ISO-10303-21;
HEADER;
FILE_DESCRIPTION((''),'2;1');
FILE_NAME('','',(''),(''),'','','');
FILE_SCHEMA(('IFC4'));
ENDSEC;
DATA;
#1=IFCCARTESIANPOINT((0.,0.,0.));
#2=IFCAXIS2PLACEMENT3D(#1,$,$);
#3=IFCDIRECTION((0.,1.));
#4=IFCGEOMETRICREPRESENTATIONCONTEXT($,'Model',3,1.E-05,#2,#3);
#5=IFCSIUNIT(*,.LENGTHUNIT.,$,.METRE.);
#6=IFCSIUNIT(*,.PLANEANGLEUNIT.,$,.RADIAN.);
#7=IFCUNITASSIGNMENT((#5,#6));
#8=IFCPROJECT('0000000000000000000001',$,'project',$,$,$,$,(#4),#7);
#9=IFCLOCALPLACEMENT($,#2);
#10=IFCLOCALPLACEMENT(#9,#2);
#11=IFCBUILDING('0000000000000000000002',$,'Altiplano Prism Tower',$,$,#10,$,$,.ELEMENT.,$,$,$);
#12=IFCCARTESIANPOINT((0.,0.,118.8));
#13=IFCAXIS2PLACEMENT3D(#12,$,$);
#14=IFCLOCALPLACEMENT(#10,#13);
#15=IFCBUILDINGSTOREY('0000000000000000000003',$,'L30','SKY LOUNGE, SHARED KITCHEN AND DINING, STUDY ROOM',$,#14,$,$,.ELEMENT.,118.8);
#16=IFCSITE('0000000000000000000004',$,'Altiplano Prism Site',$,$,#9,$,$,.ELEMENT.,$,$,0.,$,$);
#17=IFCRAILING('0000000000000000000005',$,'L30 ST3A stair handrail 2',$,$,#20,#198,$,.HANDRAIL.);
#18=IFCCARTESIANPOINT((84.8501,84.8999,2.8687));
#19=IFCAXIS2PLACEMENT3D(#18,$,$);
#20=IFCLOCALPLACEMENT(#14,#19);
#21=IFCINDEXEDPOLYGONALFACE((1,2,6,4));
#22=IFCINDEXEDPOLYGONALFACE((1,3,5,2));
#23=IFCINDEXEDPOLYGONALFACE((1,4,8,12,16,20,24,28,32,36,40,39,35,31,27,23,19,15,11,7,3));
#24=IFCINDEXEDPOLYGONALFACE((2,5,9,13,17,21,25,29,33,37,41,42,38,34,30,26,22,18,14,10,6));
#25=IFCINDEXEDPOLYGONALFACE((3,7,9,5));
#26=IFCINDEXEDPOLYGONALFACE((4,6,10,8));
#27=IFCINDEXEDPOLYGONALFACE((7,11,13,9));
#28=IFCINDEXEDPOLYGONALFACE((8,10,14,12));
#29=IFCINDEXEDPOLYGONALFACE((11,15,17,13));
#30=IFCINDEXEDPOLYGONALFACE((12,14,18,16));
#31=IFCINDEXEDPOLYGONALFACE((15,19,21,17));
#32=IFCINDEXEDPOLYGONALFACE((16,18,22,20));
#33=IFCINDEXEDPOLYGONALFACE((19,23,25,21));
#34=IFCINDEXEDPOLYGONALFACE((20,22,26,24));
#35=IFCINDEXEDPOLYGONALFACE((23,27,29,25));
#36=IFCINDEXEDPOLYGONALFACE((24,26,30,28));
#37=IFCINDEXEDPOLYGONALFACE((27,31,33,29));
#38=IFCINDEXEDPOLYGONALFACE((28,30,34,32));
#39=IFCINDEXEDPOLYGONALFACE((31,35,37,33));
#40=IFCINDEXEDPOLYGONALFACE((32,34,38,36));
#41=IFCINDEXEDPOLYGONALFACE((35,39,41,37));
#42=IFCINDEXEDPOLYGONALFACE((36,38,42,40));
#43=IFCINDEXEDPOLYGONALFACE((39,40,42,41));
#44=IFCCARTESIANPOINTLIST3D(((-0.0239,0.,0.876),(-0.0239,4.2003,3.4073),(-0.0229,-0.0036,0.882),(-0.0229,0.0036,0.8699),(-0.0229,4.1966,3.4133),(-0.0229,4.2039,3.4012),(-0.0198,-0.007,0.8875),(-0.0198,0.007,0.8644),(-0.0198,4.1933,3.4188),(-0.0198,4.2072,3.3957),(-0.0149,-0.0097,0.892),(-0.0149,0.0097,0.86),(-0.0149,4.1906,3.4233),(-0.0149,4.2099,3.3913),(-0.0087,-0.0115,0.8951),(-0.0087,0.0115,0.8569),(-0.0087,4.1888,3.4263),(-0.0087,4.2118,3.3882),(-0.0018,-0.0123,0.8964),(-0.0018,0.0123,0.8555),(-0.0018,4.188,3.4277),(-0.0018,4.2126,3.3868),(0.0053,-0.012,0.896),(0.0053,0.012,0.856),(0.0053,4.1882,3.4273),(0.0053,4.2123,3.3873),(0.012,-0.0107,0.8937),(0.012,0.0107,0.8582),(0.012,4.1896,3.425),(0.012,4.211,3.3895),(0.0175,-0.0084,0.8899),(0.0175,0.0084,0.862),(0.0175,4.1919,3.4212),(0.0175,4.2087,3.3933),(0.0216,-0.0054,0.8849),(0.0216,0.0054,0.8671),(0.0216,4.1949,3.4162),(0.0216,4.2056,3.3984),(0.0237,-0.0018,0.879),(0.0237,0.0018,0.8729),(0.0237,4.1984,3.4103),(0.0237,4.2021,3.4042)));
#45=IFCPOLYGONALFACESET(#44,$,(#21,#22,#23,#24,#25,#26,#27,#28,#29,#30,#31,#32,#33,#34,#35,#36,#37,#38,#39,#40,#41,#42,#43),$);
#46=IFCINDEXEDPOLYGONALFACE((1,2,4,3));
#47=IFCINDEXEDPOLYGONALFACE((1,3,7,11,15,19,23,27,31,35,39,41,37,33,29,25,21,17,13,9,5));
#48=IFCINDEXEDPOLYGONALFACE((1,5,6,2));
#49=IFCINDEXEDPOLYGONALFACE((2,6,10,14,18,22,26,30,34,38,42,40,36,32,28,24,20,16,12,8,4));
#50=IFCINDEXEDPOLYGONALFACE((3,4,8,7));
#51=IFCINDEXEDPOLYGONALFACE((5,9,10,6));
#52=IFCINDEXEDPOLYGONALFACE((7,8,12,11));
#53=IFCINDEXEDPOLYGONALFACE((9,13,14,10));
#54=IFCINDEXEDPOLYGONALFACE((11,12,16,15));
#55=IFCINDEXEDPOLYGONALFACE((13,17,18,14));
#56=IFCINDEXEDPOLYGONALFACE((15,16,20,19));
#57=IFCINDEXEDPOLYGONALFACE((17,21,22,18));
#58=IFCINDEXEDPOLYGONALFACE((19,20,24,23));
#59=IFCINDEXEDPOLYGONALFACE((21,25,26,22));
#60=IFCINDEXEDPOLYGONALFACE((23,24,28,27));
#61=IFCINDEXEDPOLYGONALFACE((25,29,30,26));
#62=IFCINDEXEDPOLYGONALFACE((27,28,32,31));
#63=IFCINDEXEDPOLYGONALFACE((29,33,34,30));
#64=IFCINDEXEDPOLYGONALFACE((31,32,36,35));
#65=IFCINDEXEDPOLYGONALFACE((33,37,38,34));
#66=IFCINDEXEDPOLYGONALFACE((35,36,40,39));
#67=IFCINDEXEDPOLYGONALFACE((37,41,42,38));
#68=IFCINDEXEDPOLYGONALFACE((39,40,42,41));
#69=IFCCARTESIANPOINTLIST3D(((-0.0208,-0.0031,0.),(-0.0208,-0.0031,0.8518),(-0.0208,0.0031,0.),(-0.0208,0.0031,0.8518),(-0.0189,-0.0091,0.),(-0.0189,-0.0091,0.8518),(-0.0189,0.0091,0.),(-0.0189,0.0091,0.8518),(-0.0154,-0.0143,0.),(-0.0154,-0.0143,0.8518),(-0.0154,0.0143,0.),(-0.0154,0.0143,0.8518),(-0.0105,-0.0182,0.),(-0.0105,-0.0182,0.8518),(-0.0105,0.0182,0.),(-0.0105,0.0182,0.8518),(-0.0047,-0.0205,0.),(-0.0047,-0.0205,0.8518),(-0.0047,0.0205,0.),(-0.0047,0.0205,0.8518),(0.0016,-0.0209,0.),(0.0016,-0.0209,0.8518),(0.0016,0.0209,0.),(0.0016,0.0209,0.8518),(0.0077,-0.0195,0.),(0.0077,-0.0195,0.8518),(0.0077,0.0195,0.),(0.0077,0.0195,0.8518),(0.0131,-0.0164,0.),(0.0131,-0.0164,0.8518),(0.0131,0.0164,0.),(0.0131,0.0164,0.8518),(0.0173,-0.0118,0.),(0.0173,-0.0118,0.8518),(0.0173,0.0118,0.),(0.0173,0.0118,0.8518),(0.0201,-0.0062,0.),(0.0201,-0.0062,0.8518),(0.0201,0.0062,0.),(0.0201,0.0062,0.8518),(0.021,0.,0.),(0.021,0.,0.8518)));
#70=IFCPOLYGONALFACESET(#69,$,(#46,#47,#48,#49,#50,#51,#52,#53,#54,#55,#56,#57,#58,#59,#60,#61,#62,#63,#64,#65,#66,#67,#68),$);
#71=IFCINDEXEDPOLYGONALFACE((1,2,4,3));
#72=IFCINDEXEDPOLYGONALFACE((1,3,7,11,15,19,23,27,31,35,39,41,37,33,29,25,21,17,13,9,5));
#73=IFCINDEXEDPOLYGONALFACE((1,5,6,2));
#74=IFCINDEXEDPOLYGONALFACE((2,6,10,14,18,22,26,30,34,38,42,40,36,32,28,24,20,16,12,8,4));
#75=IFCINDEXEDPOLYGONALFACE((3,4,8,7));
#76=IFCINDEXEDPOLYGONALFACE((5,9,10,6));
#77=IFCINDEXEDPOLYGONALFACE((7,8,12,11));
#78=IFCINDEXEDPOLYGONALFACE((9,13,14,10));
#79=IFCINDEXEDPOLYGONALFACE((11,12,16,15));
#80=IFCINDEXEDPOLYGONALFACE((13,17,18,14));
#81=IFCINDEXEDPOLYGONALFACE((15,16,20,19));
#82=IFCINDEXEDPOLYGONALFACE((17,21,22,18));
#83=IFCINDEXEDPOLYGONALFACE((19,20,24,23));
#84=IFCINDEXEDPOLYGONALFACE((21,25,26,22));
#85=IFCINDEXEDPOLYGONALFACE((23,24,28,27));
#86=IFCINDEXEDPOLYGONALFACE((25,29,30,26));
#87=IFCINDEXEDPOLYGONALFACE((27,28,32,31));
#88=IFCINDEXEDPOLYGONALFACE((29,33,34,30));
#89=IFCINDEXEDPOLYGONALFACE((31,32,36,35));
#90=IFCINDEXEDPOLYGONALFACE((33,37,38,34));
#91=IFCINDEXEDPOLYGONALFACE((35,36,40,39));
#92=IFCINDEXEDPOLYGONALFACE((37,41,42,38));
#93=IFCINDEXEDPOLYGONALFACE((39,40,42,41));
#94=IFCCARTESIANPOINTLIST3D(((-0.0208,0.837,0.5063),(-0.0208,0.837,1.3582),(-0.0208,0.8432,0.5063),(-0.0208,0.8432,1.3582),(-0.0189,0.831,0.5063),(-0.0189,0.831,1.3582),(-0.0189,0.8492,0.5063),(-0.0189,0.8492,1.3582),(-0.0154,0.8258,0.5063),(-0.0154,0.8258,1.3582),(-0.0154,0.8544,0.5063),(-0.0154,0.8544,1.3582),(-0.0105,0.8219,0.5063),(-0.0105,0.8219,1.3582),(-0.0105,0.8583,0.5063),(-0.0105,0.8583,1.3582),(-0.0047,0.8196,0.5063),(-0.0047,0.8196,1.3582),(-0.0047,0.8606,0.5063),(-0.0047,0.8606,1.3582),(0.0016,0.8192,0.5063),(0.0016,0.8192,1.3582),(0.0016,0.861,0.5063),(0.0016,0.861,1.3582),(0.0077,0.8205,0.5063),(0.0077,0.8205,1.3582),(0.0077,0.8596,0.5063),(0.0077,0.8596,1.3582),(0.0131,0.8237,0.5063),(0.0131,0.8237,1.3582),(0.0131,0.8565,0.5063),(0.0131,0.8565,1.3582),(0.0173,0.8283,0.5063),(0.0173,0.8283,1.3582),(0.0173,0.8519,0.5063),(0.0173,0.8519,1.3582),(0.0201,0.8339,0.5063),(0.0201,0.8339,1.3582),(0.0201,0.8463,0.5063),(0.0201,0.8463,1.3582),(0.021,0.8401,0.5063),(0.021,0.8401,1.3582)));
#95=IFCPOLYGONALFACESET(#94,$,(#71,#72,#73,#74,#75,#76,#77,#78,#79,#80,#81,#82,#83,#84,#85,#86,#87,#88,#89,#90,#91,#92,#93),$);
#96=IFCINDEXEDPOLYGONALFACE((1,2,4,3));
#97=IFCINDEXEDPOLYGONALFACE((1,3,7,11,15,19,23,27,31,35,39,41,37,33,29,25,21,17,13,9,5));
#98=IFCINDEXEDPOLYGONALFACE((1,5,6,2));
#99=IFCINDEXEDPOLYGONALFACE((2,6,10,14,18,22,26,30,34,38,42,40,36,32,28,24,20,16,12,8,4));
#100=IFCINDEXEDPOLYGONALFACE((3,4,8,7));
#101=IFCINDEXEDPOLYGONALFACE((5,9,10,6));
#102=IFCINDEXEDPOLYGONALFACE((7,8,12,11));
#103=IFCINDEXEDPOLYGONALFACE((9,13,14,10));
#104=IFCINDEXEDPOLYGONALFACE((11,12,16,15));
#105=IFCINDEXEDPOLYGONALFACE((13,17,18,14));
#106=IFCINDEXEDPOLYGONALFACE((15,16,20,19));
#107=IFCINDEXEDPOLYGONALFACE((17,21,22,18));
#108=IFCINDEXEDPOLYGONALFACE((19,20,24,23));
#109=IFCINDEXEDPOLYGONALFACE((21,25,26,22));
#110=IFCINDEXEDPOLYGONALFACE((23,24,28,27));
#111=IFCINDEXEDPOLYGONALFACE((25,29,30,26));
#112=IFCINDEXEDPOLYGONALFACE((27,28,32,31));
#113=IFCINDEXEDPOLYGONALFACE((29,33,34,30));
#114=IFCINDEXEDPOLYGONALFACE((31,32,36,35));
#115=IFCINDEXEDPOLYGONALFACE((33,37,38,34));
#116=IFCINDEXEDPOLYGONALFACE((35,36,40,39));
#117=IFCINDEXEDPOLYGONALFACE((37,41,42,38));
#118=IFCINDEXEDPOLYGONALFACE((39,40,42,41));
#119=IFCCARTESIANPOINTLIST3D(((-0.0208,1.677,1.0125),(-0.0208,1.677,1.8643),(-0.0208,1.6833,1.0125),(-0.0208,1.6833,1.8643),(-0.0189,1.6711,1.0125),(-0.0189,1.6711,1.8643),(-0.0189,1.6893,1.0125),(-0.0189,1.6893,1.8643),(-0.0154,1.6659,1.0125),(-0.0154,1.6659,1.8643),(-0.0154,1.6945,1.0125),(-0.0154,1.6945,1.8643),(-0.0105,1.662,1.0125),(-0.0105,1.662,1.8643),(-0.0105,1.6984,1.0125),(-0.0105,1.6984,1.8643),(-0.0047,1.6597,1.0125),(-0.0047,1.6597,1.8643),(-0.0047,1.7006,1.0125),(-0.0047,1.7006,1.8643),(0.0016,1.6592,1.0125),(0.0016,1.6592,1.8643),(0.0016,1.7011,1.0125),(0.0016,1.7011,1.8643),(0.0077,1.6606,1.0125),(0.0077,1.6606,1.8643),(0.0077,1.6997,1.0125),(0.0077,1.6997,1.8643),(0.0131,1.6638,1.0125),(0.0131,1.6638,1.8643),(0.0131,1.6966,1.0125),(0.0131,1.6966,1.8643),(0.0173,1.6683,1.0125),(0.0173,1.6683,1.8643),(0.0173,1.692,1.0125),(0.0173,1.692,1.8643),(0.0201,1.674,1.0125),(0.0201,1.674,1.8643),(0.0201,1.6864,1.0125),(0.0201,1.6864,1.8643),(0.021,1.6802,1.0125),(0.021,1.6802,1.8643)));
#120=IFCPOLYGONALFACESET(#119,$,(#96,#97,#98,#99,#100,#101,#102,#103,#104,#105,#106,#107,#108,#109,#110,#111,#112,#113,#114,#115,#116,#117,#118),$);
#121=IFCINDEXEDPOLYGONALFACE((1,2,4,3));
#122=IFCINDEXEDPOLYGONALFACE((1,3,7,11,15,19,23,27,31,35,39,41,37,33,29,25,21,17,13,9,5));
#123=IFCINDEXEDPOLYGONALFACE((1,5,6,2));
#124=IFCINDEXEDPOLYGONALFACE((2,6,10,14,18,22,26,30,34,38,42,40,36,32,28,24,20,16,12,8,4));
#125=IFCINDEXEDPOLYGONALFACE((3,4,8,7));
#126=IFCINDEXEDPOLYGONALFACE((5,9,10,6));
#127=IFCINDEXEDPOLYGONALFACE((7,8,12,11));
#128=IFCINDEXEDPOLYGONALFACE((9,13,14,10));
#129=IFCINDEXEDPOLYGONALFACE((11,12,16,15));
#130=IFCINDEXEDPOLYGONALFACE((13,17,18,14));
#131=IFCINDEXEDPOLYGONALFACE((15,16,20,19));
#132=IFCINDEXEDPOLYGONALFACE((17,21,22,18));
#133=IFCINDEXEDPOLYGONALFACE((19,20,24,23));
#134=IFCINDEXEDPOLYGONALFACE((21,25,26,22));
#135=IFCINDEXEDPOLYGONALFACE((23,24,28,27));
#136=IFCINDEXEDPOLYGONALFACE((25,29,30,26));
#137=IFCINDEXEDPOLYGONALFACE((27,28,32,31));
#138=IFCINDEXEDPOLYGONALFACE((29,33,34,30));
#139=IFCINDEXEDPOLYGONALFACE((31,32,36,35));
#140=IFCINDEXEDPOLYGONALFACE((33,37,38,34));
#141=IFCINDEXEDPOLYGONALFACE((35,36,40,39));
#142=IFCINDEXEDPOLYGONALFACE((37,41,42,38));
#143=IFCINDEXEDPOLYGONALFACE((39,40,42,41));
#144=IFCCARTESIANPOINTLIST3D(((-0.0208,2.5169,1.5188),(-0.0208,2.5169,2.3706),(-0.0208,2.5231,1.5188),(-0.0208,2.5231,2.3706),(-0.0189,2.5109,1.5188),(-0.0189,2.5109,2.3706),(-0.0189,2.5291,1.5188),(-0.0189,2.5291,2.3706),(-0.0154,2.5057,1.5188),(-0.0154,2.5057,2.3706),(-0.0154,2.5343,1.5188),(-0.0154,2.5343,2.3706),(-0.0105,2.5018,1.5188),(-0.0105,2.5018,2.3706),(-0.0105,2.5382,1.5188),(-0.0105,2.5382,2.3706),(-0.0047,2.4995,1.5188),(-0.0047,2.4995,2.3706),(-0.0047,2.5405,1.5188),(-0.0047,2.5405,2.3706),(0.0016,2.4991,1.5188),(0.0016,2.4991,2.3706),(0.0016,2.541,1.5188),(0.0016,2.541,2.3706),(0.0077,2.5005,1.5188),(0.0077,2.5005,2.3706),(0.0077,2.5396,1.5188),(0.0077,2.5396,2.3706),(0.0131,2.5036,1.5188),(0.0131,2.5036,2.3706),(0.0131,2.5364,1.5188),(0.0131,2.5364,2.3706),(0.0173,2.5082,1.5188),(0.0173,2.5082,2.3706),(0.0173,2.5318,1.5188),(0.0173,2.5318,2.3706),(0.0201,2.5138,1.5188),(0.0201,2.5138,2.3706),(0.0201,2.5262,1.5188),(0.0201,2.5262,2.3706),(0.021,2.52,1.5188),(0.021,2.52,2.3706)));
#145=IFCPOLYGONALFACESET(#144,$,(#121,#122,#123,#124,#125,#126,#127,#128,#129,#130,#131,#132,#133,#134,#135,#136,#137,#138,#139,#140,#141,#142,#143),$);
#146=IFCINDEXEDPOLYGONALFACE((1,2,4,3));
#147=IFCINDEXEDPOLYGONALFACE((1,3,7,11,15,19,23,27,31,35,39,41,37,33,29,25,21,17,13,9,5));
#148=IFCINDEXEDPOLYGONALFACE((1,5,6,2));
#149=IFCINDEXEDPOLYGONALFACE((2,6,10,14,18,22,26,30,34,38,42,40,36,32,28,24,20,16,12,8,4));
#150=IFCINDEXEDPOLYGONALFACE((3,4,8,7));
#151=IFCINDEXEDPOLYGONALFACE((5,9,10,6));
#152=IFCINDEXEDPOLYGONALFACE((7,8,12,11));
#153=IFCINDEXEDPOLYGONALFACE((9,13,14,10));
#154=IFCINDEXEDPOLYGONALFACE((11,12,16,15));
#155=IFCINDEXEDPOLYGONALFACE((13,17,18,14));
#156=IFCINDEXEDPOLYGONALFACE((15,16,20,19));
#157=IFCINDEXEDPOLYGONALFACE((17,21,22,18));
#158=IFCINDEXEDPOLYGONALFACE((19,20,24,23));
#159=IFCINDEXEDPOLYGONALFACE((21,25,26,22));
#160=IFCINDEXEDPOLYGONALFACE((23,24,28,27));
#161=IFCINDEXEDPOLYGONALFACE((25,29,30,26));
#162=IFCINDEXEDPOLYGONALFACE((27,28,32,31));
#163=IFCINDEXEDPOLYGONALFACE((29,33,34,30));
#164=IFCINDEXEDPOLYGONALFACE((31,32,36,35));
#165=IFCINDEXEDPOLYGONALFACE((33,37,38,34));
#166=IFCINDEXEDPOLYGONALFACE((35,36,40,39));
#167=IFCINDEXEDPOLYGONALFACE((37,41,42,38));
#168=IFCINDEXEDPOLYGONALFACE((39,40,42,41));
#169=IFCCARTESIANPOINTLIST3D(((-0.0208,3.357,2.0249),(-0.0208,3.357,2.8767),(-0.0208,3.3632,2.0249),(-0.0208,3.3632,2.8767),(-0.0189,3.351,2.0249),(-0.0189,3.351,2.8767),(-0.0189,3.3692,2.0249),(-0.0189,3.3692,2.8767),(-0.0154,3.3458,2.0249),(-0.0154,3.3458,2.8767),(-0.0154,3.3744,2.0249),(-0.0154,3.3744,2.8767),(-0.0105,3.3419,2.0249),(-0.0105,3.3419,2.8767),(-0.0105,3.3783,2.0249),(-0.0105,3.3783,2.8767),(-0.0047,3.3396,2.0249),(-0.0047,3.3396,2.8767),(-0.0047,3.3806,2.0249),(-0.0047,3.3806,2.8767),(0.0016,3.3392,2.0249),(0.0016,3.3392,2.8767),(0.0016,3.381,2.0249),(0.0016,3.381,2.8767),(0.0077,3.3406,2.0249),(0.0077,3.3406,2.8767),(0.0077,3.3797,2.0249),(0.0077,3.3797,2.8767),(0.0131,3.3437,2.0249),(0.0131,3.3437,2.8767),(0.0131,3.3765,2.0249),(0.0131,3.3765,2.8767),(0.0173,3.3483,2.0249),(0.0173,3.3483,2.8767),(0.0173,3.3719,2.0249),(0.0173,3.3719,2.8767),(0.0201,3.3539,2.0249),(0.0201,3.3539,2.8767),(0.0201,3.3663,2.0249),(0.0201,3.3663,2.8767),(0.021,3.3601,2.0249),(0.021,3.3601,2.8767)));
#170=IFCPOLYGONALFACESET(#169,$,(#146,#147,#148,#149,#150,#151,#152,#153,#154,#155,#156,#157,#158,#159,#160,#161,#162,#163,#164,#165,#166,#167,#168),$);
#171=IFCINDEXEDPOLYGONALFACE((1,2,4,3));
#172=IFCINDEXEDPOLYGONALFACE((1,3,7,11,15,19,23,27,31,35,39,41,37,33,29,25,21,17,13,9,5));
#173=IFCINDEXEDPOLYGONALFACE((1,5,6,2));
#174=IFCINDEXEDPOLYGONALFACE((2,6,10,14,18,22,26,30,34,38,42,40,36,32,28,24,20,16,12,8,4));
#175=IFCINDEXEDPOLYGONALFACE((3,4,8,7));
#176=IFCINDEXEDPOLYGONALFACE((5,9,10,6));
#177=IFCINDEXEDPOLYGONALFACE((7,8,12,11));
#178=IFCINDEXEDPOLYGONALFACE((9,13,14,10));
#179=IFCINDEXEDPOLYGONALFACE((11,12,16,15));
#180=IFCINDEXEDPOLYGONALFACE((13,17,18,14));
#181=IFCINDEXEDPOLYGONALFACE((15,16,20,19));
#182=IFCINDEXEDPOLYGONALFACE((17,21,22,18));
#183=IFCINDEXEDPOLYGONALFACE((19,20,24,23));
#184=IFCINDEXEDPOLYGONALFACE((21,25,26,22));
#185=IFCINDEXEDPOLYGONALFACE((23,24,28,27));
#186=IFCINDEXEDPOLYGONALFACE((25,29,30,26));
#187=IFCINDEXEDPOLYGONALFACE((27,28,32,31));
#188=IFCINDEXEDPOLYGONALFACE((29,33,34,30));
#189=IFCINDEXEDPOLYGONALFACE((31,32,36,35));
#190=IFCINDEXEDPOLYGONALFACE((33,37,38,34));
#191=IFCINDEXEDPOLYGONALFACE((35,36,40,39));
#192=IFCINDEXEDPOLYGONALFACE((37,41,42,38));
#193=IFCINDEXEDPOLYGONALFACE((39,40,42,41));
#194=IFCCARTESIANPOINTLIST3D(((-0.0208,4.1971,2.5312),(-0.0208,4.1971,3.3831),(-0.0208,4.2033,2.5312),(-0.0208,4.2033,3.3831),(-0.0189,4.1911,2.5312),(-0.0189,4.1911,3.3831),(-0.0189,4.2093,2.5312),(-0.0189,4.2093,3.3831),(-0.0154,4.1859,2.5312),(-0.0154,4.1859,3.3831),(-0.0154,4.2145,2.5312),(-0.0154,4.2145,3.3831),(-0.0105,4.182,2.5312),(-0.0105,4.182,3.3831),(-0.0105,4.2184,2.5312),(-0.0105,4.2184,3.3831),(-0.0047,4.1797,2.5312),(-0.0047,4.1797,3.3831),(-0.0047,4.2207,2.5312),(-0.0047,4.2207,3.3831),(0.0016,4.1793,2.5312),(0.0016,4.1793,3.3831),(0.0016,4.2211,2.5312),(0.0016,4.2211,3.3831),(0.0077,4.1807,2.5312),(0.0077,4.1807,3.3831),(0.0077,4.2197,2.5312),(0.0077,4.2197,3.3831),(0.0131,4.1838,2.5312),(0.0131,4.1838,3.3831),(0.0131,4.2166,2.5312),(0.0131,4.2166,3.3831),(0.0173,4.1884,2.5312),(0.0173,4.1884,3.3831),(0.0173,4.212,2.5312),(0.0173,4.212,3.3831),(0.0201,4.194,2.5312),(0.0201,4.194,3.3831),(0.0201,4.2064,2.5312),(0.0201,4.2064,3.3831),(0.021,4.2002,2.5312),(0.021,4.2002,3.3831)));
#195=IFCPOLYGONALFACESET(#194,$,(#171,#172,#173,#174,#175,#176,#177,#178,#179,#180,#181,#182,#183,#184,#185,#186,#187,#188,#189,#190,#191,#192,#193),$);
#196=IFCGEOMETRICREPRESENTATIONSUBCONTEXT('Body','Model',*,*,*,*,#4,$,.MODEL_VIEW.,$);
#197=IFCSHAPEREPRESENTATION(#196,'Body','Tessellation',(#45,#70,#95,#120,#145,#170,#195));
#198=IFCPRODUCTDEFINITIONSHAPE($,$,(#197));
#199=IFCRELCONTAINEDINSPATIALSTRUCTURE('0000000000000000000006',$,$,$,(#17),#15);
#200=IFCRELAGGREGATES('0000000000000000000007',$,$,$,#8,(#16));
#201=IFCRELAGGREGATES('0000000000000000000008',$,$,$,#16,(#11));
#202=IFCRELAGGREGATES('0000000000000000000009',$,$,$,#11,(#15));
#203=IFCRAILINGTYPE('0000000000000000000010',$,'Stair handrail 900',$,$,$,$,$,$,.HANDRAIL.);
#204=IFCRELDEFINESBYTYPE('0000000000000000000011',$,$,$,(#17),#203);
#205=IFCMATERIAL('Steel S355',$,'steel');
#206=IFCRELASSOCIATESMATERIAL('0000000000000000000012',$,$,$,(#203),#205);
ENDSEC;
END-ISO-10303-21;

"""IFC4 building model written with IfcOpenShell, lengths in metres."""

from ifc_helpers import new_model, si_unit, direction, frame, origin, origin_2d, place, context, subcontext, project, spatial, circle, extrude, material, type_object, element, save


model = new_model("IFC4")

# Units and contexts
model_context = context("Model", 3, precision=1e-05, world=origin(), true_north=direction((0.0, 1.0)))
body_context = subcontext(model_context, "Body", "Model", "MODEL_VIEW")
ifc_project = project(units=[si_unit("LENGTHUNIT", "METRE"), si_unit("PLANEANGLEUNIT", "RADIAN")], contexts=[model_context])

# Site, building, storey
site_placement = place(None, origin())
site = spatial("IfcSite", under=ifc_project, at=site_placement, Name="Altiplano Prism Site", CompositionType="ELEMENT", RefElevation=0.0)
building_placement = place(site_placement, origin())
building = spatial("IfcBuilding", under=site, at=building_placement, Name="Altiplano Prism Tower", CompositionType="ELEMENT")
storey_placement = place(building_placement, frame((0.0, 0.0, 118.8)))
storey = spatial("IfcBuildingStorey", under=building, at=storey_placement, Name="L30", Description="SKY LOUNGE, SHARED KITCHEN AND DINING, STUDY ROOM", CompositionType="ELEMENT", Elevation=118.8)

# Railing
ifc_material_1 = material(Name="Steel S355", Category="steel")
railing_type = type_object("IfcRailingType", Name="Stair handrail 900", PredefinedType="HANDRAIL", material=ifc_material_1)
railing_1_placement = place(storey_placement, frame((84.8501, 84.8999, 2.8687)))
element("IfcRailing", 1, at=railing_1_placement, inside=storey, type_object=railing_type, Name="L30 ST3A stair handrail 2", PredefinedType="HANDRAIL", context=body_context, shape_type="SweptSolid", body=[
    extrude(circle(Radius=0.0239, at=origin_2d()), frame((0.0, 0.0, 0.876), z_axis=(0.0, 0.85649, 0.516164), x_axis=(-1.0, 0.0, 0.0)), (0.0, 0.0, 1.0), 4.9041),
    extrude(circle(Radius=0.021, at=origin_2d()), origin(), (0.0, 0.0, 1.0), 0.8518),
    extrude(circle(Radius=0.021, at=origin_2d()), frame((0.0, 0.8401, 0.5063)), (0.0, 0.0, 1.0), 0.8518),
    extrude(circle(Radius=0.021, at=origin_2d()), frame((0.0, 1.6802, 1.0125)), (0.0, 0.0, 1.0), 0.8518),
    extrude(circle(Radius=0.021, at=origin_2d()), frame((0.0, 2.52, 1.5188)), (0.0, 0.0, 1.0), 0.8518),
    extrude(circle(Radius=0.021, at=origin_2d()), frame((0.0, 3.3601, 2.0249)), (0.0, 0.0, 1.0), 0.8518),
    extrude(circle(Radius=0.021, at=origin_2d()), frame((0.0, 4.2002, 2.5312)), (0.0, 0.0, 1.0), 0.8518),
])

save(model, "model.ifc")
